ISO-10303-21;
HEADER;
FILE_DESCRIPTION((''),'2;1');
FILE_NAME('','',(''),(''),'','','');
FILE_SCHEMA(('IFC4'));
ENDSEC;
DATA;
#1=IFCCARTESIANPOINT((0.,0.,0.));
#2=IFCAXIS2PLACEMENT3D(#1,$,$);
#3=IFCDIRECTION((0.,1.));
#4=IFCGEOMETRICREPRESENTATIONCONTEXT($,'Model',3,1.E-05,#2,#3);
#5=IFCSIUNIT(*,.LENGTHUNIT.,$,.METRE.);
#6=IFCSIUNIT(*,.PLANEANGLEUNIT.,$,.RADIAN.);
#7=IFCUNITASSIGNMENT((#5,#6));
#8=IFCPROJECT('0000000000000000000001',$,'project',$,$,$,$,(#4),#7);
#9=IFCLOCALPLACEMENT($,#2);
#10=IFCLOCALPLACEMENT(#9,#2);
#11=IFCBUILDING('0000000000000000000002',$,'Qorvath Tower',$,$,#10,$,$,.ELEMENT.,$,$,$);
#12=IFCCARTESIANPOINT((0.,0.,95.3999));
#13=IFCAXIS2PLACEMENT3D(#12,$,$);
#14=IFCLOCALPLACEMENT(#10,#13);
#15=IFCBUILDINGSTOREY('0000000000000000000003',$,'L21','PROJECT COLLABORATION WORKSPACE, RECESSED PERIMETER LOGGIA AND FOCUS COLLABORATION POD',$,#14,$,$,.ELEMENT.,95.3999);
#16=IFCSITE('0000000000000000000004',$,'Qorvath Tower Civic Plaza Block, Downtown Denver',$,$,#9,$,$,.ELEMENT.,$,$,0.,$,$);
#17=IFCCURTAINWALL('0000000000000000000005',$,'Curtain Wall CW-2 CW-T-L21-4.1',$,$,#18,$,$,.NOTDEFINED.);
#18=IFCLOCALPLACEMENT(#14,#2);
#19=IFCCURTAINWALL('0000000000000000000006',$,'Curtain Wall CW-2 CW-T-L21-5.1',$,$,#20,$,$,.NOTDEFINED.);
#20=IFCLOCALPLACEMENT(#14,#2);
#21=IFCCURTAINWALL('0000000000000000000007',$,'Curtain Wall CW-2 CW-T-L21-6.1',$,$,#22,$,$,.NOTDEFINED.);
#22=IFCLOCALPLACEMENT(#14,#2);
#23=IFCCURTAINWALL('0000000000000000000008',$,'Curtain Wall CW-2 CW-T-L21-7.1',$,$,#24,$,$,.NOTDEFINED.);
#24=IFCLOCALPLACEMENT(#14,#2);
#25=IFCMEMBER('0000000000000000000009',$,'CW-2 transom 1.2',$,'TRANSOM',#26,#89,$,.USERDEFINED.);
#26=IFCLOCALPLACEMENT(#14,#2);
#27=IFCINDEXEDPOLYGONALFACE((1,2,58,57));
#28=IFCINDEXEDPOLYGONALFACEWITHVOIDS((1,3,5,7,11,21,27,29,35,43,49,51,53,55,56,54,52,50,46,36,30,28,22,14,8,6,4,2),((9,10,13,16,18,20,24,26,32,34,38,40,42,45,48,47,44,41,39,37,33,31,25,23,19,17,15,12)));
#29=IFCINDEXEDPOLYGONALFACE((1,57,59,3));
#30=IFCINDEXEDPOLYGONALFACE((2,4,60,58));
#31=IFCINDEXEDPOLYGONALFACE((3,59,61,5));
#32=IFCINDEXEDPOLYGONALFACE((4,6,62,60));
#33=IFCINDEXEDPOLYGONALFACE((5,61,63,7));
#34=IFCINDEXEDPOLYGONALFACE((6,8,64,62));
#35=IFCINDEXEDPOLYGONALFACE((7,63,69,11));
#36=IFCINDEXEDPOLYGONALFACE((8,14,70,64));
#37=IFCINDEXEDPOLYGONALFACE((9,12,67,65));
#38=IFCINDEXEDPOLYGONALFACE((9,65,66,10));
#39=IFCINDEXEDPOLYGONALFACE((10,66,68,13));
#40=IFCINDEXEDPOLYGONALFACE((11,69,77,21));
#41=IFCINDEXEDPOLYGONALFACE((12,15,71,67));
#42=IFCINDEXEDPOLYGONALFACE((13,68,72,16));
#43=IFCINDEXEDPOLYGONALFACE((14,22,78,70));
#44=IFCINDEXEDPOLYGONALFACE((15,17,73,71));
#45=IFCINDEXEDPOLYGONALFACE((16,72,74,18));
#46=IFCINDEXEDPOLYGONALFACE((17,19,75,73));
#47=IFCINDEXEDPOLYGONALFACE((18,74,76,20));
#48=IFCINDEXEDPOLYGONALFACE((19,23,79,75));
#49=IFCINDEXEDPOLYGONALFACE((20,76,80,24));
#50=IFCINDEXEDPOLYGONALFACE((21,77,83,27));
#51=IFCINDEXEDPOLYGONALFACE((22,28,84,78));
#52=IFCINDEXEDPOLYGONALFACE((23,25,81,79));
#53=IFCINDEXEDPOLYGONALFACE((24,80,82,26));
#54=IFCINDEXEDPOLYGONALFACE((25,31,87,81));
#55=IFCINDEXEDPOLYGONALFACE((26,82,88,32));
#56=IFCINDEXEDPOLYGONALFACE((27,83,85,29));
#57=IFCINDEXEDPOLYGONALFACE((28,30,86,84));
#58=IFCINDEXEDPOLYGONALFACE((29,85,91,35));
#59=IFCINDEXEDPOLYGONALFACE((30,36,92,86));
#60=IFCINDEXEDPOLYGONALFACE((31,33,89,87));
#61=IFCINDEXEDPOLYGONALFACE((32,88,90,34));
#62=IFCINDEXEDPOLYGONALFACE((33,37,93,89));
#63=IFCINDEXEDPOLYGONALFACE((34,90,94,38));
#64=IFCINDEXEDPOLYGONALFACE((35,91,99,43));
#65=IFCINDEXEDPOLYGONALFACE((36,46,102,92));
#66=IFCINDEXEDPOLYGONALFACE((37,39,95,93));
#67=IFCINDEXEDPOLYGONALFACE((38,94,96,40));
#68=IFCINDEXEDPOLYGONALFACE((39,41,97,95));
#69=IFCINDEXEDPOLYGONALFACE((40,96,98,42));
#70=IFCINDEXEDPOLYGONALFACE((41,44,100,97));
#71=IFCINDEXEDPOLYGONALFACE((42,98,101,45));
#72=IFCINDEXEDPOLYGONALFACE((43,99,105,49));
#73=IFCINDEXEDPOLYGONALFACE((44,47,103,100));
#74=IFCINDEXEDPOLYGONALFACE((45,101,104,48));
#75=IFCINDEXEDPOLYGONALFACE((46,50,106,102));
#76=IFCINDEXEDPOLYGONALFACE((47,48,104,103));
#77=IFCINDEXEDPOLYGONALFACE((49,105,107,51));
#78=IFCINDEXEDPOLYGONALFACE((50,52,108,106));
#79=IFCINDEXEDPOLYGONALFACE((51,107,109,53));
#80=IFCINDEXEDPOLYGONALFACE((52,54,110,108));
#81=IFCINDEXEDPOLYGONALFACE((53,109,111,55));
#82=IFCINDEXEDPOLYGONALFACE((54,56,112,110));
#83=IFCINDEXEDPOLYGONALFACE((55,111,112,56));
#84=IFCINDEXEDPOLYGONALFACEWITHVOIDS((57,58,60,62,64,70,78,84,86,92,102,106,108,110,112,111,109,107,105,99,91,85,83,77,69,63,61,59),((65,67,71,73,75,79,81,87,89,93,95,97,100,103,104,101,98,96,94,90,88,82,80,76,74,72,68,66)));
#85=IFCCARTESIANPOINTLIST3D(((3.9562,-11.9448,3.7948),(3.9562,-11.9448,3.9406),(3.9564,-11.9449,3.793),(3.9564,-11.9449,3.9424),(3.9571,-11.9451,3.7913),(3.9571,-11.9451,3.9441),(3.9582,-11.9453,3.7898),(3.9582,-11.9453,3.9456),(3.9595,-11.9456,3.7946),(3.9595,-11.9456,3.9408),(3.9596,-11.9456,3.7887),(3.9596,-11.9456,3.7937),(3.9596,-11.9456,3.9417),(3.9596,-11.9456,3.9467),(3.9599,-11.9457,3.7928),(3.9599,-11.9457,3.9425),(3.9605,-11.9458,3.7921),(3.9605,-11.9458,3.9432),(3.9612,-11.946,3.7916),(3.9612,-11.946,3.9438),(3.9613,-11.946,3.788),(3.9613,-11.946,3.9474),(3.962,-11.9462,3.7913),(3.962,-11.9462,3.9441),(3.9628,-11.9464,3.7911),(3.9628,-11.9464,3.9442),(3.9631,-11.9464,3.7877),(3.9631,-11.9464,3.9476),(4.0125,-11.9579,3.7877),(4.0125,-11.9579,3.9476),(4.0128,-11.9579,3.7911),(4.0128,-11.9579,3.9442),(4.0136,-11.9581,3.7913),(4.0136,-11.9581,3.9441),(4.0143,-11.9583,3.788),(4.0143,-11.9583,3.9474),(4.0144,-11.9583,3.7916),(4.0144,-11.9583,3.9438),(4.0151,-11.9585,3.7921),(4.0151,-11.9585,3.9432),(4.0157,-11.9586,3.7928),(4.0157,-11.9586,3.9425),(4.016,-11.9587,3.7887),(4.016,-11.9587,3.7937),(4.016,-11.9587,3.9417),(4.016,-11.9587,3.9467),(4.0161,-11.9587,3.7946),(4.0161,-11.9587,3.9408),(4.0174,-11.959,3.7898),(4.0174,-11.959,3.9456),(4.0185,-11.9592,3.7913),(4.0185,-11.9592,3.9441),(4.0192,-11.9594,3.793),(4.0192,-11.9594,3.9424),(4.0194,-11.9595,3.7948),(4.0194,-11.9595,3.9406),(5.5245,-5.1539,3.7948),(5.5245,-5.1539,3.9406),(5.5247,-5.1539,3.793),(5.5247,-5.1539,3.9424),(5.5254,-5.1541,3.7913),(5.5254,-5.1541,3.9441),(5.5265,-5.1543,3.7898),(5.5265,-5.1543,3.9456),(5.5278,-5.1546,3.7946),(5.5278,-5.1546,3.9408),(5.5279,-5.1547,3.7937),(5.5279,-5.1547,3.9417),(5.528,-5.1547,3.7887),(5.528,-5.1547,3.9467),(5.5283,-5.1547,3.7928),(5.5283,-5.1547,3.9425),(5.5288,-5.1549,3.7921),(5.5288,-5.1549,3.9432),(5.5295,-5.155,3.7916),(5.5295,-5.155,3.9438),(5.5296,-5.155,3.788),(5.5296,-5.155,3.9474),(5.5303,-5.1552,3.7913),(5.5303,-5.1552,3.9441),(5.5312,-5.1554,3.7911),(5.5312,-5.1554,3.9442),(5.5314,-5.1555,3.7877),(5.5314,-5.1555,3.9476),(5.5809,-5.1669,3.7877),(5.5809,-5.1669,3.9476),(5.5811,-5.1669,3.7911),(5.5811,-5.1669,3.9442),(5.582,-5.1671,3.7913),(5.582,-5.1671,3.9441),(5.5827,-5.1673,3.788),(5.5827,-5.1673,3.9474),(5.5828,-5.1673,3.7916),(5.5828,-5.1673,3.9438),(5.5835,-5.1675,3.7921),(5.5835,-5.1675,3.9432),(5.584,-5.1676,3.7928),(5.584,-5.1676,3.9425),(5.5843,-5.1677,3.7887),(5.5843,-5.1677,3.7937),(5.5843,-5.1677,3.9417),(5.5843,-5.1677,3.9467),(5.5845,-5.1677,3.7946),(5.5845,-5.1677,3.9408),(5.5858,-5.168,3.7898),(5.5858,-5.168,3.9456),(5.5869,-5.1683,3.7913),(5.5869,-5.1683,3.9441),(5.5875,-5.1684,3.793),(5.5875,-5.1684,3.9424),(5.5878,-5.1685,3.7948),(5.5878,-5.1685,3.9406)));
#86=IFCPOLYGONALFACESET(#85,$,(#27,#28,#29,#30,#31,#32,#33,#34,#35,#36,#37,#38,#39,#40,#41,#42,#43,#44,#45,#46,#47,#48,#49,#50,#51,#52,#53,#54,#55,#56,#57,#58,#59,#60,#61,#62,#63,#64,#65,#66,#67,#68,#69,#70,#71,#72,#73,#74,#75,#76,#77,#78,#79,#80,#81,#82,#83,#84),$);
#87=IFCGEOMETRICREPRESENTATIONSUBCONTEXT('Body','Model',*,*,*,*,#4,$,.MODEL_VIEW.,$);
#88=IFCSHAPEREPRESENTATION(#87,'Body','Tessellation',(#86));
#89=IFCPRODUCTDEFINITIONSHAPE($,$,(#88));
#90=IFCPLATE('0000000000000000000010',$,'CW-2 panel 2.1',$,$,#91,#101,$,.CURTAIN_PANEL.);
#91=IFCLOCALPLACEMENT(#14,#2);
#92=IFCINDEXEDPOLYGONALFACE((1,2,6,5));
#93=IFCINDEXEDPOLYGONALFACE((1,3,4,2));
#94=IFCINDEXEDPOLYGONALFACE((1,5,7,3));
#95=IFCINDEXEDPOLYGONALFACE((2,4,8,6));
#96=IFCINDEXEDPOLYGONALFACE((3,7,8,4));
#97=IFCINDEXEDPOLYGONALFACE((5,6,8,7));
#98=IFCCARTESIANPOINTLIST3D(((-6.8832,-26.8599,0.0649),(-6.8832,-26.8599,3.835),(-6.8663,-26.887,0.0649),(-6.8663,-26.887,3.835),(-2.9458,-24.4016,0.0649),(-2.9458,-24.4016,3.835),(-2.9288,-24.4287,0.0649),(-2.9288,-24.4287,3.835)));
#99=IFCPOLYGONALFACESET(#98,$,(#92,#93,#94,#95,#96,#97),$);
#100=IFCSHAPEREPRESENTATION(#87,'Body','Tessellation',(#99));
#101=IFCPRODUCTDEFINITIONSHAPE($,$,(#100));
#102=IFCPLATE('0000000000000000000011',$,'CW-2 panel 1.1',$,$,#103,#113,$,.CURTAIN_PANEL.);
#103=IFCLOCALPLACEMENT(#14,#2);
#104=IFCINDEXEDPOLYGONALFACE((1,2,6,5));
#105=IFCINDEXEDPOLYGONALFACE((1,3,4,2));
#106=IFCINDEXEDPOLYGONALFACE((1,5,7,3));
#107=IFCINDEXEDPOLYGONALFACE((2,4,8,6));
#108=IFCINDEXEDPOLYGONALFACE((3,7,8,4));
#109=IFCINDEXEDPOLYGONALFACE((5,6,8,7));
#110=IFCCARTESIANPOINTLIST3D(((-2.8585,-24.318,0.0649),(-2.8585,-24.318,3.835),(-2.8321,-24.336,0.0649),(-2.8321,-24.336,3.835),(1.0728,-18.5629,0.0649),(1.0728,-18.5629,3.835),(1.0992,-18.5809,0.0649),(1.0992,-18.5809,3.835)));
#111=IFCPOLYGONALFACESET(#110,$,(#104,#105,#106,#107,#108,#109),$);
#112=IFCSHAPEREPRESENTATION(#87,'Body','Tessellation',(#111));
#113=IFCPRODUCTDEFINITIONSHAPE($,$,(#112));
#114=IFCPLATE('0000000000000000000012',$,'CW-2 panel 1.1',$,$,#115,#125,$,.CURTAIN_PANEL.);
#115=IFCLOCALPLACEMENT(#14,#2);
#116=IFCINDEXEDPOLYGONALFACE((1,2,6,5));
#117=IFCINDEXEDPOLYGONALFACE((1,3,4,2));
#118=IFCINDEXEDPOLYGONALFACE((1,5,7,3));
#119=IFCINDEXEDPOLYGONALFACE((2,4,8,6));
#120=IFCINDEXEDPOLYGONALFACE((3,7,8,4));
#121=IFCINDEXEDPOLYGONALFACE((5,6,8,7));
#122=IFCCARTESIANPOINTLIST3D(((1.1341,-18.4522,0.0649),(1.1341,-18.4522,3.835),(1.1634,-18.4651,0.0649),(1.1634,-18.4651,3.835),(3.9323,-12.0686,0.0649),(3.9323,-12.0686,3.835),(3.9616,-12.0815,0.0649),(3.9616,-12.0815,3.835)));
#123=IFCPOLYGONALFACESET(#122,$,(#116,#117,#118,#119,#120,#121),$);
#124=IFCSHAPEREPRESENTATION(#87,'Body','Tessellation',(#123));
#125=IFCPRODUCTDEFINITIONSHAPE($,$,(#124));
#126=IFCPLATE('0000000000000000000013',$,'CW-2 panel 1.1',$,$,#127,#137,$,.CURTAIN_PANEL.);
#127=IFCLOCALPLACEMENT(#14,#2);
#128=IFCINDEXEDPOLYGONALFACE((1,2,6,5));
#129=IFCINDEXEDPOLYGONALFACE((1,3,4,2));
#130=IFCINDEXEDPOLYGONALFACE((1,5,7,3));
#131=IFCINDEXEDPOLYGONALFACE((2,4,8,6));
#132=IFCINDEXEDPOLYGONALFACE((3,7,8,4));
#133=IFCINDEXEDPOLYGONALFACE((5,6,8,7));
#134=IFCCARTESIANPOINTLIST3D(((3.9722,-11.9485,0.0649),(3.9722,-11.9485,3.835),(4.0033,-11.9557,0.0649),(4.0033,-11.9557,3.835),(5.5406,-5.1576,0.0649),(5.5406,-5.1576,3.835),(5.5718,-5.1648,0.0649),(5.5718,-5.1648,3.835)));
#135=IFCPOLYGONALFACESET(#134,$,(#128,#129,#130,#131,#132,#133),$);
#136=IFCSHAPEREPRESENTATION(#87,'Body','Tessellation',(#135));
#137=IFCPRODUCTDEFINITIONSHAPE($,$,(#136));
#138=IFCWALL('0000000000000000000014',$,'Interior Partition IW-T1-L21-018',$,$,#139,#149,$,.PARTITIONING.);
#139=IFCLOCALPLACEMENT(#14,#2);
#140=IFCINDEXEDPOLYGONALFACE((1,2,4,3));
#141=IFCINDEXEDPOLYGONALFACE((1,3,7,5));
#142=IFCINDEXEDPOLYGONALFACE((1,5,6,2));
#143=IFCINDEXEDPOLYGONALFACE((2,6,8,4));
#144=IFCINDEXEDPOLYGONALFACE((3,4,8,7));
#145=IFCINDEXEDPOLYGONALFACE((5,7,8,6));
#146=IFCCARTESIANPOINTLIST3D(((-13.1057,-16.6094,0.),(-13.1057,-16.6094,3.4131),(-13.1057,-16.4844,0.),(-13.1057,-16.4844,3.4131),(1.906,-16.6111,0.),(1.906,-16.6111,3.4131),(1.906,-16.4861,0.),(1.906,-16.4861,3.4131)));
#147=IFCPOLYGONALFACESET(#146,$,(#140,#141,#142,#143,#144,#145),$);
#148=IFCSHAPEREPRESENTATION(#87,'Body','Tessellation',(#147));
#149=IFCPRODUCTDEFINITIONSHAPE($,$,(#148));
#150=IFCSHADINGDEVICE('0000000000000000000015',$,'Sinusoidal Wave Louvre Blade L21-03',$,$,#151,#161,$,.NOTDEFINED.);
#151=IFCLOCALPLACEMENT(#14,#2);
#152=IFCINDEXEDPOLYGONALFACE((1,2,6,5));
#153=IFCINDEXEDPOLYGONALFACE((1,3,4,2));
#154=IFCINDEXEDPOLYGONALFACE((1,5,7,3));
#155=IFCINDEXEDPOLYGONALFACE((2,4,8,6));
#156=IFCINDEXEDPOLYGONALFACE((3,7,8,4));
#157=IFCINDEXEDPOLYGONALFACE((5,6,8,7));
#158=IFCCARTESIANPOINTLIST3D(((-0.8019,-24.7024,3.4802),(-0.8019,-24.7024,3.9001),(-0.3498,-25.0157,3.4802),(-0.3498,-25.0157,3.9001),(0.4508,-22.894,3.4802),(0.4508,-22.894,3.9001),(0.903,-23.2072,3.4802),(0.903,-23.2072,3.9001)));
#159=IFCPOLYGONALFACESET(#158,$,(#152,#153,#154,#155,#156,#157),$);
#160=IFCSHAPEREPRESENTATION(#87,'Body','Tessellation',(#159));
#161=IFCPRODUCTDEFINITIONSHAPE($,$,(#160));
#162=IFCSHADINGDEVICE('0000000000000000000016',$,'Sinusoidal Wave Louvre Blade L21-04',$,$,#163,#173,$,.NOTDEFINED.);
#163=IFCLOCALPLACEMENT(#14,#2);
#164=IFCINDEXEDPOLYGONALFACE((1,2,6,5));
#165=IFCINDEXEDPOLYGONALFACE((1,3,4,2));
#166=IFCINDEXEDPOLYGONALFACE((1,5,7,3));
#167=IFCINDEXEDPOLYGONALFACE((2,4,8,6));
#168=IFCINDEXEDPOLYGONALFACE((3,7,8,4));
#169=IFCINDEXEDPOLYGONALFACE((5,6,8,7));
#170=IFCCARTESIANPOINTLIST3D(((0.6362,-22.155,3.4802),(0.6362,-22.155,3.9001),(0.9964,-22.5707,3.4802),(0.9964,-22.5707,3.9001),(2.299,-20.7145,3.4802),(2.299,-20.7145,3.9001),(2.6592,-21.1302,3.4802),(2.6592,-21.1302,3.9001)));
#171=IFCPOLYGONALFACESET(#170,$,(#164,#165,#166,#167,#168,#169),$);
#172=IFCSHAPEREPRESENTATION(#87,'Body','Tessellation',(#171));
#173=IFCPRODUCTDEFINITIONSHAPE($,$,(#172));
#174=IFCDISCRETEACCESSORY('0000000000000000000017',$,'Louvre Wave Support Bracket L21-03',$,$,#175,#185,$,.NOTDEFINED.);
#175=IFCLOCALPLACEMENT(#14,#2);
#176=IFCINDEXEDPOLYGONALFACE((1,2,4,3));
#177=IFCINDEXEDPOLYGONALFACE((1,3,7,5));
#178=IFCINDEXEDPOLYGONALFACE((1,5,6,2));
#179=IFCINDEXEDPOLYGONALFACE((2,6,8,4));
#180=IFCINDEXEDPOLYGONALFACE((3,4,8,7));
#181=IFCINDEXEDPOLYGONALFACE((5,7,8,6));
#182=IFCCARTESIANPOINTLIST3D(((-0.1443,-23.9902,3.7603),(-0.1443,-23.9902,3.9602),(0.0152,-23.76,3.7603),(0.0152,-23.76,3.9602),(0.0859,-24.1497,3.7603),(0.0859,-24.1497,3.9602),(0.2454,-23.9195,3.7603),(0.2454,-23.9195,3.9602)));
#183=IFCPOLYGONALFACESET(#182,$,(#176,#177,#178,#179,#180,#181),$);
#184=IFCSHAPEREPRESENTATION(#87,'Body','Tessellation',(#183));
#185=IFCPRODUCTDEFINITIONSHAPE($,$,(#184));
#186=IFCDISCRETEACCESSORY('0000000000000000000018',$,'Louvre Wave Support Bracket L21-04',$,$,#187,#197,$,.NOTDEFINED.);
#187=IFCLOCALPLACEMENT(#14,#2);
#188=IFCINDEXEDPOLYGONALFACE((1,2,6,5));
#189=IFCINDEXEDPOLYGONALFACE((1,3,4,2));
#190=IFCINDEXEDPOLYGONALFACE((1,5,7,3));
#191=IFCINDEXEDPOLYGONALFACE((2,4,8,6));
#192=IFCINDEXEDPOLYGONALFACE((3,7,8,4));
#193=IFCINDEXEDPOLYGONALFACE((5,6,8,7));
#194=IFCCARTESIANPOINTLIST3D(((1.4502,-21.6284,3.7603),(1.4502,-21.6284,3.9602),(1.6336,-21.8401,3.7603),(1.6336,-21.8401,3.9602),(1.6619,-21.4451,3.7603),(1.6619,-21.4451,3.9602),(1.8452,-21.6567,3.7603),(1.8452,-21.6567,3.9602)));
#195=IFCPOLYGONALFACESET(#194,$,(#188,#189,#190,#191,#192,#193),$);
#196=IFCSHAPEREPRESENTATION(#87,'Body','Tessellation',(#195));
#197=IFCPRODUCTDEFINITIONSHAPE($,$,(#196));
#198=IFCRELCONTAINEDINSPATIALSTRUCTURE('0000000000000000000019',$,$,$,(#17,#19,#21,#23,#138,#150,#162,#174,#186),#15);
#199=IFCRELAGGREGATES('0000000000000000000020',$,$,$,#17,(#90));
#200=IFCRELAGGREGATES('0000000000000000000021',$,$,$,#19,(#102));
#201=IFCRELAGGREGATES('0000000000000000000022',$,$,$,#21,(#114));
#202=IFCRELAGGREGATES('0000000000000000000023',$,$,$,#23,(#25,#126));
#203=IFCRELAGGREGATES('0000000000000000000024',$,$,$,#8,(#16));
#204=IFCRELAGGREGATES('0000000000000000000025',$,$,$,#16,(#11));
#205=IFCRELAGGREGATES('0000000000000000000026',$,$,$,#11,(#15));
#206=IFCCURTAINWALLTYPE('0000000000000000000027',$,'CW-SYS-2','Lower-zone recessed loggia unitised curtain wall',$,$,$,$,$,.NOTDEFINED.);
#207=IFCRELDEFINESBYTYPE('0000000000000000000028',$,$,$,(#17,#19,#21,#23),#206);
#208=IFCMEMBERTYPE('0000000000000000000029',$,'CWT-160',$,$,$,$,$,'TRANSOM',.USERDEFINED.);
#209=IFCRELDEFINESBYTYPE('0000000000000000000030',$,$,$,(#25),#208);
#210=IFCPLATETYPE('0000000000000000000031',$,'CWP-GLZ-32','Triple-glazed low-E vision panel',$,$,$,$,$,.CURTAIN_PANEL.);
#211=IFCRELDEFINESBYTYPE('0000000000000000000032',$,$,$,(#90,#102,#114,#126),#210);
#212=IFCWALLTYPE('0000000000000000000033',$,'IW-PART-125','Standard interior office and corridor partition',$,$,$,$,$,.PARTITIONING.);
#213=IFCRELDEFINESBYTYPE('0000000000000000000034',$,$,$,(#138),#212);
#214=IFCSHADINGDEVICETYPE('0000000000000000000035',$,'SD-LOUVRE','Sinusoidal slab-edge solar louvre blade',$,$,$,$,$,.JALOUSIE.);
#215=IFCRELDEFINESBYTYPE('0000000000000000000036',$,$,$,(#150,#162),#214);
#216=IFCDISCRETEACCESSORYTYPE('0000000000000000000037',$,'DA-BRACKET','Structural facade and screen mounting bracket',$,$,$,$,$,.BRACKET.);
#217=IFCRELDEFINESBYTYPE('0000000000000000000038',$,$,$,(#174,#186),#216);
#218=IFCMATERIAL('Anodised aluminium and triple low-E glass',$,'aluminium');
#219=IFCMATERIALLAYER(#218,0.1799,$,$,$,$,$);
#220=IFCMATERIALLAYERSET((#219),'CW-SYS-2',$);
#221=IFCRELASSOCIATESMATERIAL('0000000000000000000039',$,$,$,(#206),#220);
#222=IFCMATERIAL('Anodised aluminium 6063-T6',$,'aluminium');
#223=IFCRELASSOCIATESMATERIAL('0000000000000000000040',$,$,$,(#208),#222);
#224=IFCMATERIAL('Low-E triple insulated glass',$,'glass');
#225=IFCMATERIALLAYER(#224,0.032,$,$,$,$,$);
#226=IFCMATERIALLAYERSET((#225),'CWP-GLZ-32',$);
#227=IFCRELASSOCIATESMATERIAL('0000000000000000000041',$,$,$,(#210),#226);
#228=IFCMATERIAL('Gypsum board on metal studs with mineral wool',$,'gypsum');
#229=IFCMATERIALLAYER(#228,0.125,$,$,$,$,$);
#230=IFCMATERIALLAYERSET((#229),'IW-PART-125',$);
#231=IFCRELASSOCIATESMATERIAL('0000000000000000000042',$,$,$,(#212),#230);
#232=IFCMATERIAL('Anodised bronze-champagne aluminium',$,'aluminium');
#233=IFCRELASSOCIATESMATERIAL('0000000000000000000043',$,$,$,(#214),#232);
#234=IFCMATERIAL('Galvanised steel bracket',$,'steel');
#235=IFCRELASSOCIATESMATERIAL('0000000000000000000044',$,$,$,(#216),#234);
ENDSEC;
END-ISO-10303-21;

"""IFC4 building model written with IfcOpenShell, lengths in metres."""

from ifc_helpers import new_model, si_unit, direction, frame, frame_2d, origin, origin_2d, place, context, subcontext, project, spatial, rectangle, hollow_rectangle, extrude, material, layer, layer_set, material_profile, profile_set, type_object, element, aggregate, save


model = new_model("IFC4")

# Units and contexts
model_context = context("Model", 3, precision=1e-05, world=origin(), true_north=direction((0.0, 1.0)))
body_context = subcontext(model_context, "Body", "Model", "MODEL_VIEW")
ifc_project = project(units=[si_unit("LENGTHUNIT", "METRE"), si_unit("PLANEANGLEUNIT", "RADIAN")], contexts=[model_context])

# Site, building, storey
site_placement = place(None, origin())
site = spatial("IfcSite", under=ifc_project, at=site_placement, Name="Qorvath Tower Civic Plaza Block, Downtown Denver", CompositionType="ELEMENT", RefElevation=0.0)
building_placement = place(site_placement, origin())
building = spatial("IfcBuilding", under=site, at=building_placement, Name="Qorvath Tower", CompositionType="ELEMENT")
storey_placement = place(building_placement, frame((0.0, 0.0, 95.3999)))
storey = spatial("IfcBuildingStorey", under=building, at=storey_placement, Name="L21", Description="PROJECT COLLABORATION WORKSPACE, RECESSED PERIMETER LOGGIA AND FOCUS COLLABORATION POD", CompositionType="ELEMENT", Elevation=95.3999)

# Curtain walls
ifc_material_1 = material(Name="Anodised aluminium and triple low-E glass", Category="aluminium")
ifc_layer_1 = layer(ifc_material_1, 0.1799)
ifc_layer_set_1 = layer_set([ifc_layer_1], Name="CW-SYS-2")
curtain_wall_type = type_object("IfcCurtainWallType", Name="CW-SYS-2", Description="Lower-zone recessed loggia unitised curtain wall", PredefinedType="NOTDEFINED", material=ifc_layer_set_1)
curtain_wall_1_placement = place(storey_placement, origin())
curtain_wall_1 = element("IfcCurtainWall", 1, at=curtain_wall_1_placement, inside=storey, type_object=curtain_wall_type, Name="Curtain Wall CW-2 CW-T-L21-4.1", PredefinedType="NOTDEFINED")
curtain_wall_2_placement = place(storey_placement, origin())
curtain_wall_2 = element("IfcCurtainWall", 2, at=curtain_wall_2_placement, inside=storey, type_object=curtain_wall_type, Name="Curtain Wall CW-2 CW-T-L21-5.1", PredefinedType="NOTDEFINED")
curtain_wall_3_placement = place(storey_placement, origin())
curtain_wall_3 = element("IfcCurtainWall", 3, at=curtain_wall_3_placement, inside=storey, type_object=curtain_wall_type, Name="Curtain Wall CW-2 CW-T-L21-6.1", PredefinedType="NOTDEFINED")

# Curtain wall
curtain_wall_4_placement = place(storey_placement, origin())
curtain_wall_4 = element("IfcCurtainWall", 4, at=curtain_wall_4_placement, inside=storey, type_object=curtain_wall_type, Name="Curtain Wall CW-2 CW-T-L21-7.1", PredefinedType="NOTDEFINED")

# Member
ifc_material_2 = material(Name="Anodised aluminium 6063-T6", Category="aluminium")
ifc_material_profile_1 = material_profile(ifc_material_2, hollow_rectangle(XDim=0.0649, YDim=0.1599, WallThickness=0.0034, InnerFilletRadius=0.0034, OuterFilletRadius=0.0071, at=origin_2d()), Name="CWT 160x65")
ifc_profile_set_1 = profile_set([ifc_material_profile_1], Name="Anodised aluminium 6063-T6")
member_type_1 = type_object("IfcMemberType", Name="CWT-160", ElementType="TRANSOM", PredefinedType="USERDEFINED", material=ifc_profile_set_1)
member_1_placement = place(storey_placement, frame((3.9878, -11.9521, 3.8677), z_axis=(0.225023, 0.974353, 0.0), x_axis=(-0.974353, 0.225023, 0.0)))
member_1 = element("IfcMember", 5, at=member_1_placement, type_object=member_type_1, Name="CW-2 transom 1.2", ObjectType="TRANSOM", PredefinedType="USERDEFINED", context=body_context, shape_type="SweptSolid", body=[
    extrude(hollow_rectangle(XDim=0.0649, YDim=0.1599, WallThickness=0.0034, InnerFilletRadius=0.0034, OuterFilletRadius=0.0071, at=origin_2d()), origin(), (0.0, 0.0, 1.0), 6.9697),
])

# Plates
ifc_material_3 = material(Name="Low-E triple insulated glass", Category="glass")
ifc_layer_2 = layer(ifc_material_3, 0.032)
ifc_layer_set_2 = layer_set([ifc_layer_2], Name="CWP-GLZ-32")
plate_type = type_object("IfcPlateType", Name="CWP-GLZ-32", Description="Triple-glazed low-E vision panel", PredefinedType="CURTAIN_PANEL", material=ifc_layer_set_2)
plate_1_placement = place(storey_placement, frame((-4.906, -25.6443, 0.0649), z_axis=(0.0, 0.0, 1.0), x_axis=(0.84825, 0.529596, 0.0)))
plate_1 = element("IfcPlate", 6, at=plate_1_placement, type_object=plate_type, Name="CW-2 panel 2.1", PredefinedType="CURTAIN_PANEL", context=body_context, shape_type="SweptSolid", body=[
    extrude(rectangle(XDim=4.6418, YDim=0.032, at=origin_2d()), origin(), (0.0, 0.0, 1.0), 3.77),
])
aggregate(curtain_wall_1, [plate_1])
plate_2_placement = place(storey_placement, frame((-0.8796, -21.4495, 0.0649), z_axis=(0.0, 0.0, 1.0), x_axis=(0.564062, 0.825733, 0.0)))
plate_2 = element("IfcPlate", 7, at=plate_2_placement, type_object=plate_type, Name="CW-2 panel 1.1", PredefinedType="CURTAIN_PANEL", context=body_context, shape_type="SweptSolid", body=[
    extrude(rectangle(XDim=6.9697, YDim=0.032, at=origin_2d()), origin(), (0.0, 0.0, 1.0), 3.77),
])
aggregate(curtain_wall_2, [plate_2])
plate_3_placement = place(storey_placement, frame((2.5479, -15.2668, 0.0649), z_axis=(0.0, 0.0, 1.0), x_axis=(0.401477, 0.915869, 0.0)))
plate_3 = element("IfcPlate", 8, at=plate_3_placement, type_object=plate_type, Name="CW-2 panel 1.1", PredefinedType="CURTAIN_PANEL", context=body_context, shape_type="SweptSolid", body=[
    extrude(rectangle(XDim=6.97, YDim=0.032, at=origin_2d()), origin(), (0.0, 0.0, 1.0), 3.77),
])
aggregate(curtain_wall_3, [plate_3])
plate_4_placement = place(storey_placement, frame((4.772, -8.5566, 0.0649), z_axis=(0.0, 0.0, 1.0), x_axis=(0.225034, 0.974351, 0.0)))
plate_4 = element("IfcPlate", 9, at=plate_4_placement, type_object=plate_type, Name="CW-2 panel 1.1", PredefinedType="CURTAIN_PANEL", context=body_context, shape_type="SweptSolid", body=[
    extrude(rectangle(XDim=6.9697, YDim=0.032, at=origin_2d()), origin(), (0.0, 0.0, 1.0), 3.77),
])
aggregate(curtain_wall_4, [member_1, plate_4])

# Wall
ifc_material_4 = material(Name="Gypsum board on metal studs with mineral wool", Category="gypsum")
ifc_layer_3 = layer(ifc_material_4, 0.125)
ifc_layer_set_3 = layer_set([ifc_layer_3], Name="IW-PART-125")
wall_type = type_object("IfcWallType", Name="IW-PART-125", Description="Standard interior office and corridor partition", PredefinedType="PARTITIONING", material=ifc_layer_set_3)
wall_placement = place(storey_placement, frame((1.906, -16.5486, 0.0), z_axis=(0.0, 0.0, 1.0), x_axis=(-1.0, 0.000114, 0.0)))
element("IfcWall", 10, at=wall_placement, inside=storey, type_object=wall_type, Name="Interior Partition IW-T1-L21-018", PredefinedType="PARTITIONING", context=body_context, shape_type="SweptSolid", body=[
    extrude(rectangle(XDim=15.0117, YDim=0.125, at=frame_2d((7.5059, 0.0))), origin(), (0.0, 0.0, 1.0), 3.4131),
])

# Shading devices
ifc_material_5 = material(Name="Anodised bronze-champagne aluminium", Category="aluminium")
shading_device_type = type_object("IfcShadingDeviceType", Name="SD-LOUVRE", Description="Sinusoidal slab-edge solar louvre blade", PredefinedType="JALOUSIE", material=ifc_material_5)
for number, where, z_axis, x_axis, name in (
    (11, (0.0505, -23.9548, 3.4802), (0.0, 0.0, 1.0), (0.569455, 0.822023, 0.0), "Sinusoidal Wave Louvre Blade L21-03"),
    (12, (1.6477, -21.6426, 3.4802), (0.0, 0.0, 1.0), (0.755818, 0.654782, 0.0), "Sinusoidal Wave Louvre Blade L21-04"),
):
    element("IfcShadingDevice", number, at=place(storey_placement, frame(where, z_axis=z_axis, x_axis=x_axis)), inside=storey, type_object=shading_device_type, Name=name, PredefinedType="NOTDEFINED", context=body_context, shape_type="SweptSolid", body=[
        extrude(rectangle(XDim=2.2, YDim=0.55, at=origin_2d()), origin(), (0.0, 0.0, 1.0), 0.4199),
    ])

# Discrete accessories
ifc_material_6 = material(Name="Galvanised steel bracket", Category="steel")
discrete_accessory_type = type_object("IfcDiscreteAccessoryType", Name="DA-BRACKET", Description="Structural facade and screen mounting bracket", PredefinedType="BRACKET", material=ifc_material_6)
for number, where, z_axis, x_axis, name in (
    (13, (0.0505, -23.9548, 3.7603), (0.0, 0.0, 1.0), (0.569455, 0.822023, 0.0), "Louvre Wave Support Bracket L21-03"),
    (14, (1.6477, -21.6426, 3.7603), (0.0, 0.0, 1.0), (0.755818, 0.654782, 0.0), "Louvre Wave Support Bracket L21-04"),
):
    element("IfcDiscreteAccessory", number, at=place(storey_placement, frame(where, z_axis=z_axis, x_axis=x_axis)), inside=storey, type_object=discrete_accessory_type, Name=name, PredefinedType="NOTDEFINED", context=body_context, shape_type="SweptSolid", body=[
        extrude(rectangle(XDim=0.28, YDim=0.28, at=origin_2d()), origin(), (0.0, 0.0, 1.0), 0.2),
    ])

save(model, "model.ifc")
